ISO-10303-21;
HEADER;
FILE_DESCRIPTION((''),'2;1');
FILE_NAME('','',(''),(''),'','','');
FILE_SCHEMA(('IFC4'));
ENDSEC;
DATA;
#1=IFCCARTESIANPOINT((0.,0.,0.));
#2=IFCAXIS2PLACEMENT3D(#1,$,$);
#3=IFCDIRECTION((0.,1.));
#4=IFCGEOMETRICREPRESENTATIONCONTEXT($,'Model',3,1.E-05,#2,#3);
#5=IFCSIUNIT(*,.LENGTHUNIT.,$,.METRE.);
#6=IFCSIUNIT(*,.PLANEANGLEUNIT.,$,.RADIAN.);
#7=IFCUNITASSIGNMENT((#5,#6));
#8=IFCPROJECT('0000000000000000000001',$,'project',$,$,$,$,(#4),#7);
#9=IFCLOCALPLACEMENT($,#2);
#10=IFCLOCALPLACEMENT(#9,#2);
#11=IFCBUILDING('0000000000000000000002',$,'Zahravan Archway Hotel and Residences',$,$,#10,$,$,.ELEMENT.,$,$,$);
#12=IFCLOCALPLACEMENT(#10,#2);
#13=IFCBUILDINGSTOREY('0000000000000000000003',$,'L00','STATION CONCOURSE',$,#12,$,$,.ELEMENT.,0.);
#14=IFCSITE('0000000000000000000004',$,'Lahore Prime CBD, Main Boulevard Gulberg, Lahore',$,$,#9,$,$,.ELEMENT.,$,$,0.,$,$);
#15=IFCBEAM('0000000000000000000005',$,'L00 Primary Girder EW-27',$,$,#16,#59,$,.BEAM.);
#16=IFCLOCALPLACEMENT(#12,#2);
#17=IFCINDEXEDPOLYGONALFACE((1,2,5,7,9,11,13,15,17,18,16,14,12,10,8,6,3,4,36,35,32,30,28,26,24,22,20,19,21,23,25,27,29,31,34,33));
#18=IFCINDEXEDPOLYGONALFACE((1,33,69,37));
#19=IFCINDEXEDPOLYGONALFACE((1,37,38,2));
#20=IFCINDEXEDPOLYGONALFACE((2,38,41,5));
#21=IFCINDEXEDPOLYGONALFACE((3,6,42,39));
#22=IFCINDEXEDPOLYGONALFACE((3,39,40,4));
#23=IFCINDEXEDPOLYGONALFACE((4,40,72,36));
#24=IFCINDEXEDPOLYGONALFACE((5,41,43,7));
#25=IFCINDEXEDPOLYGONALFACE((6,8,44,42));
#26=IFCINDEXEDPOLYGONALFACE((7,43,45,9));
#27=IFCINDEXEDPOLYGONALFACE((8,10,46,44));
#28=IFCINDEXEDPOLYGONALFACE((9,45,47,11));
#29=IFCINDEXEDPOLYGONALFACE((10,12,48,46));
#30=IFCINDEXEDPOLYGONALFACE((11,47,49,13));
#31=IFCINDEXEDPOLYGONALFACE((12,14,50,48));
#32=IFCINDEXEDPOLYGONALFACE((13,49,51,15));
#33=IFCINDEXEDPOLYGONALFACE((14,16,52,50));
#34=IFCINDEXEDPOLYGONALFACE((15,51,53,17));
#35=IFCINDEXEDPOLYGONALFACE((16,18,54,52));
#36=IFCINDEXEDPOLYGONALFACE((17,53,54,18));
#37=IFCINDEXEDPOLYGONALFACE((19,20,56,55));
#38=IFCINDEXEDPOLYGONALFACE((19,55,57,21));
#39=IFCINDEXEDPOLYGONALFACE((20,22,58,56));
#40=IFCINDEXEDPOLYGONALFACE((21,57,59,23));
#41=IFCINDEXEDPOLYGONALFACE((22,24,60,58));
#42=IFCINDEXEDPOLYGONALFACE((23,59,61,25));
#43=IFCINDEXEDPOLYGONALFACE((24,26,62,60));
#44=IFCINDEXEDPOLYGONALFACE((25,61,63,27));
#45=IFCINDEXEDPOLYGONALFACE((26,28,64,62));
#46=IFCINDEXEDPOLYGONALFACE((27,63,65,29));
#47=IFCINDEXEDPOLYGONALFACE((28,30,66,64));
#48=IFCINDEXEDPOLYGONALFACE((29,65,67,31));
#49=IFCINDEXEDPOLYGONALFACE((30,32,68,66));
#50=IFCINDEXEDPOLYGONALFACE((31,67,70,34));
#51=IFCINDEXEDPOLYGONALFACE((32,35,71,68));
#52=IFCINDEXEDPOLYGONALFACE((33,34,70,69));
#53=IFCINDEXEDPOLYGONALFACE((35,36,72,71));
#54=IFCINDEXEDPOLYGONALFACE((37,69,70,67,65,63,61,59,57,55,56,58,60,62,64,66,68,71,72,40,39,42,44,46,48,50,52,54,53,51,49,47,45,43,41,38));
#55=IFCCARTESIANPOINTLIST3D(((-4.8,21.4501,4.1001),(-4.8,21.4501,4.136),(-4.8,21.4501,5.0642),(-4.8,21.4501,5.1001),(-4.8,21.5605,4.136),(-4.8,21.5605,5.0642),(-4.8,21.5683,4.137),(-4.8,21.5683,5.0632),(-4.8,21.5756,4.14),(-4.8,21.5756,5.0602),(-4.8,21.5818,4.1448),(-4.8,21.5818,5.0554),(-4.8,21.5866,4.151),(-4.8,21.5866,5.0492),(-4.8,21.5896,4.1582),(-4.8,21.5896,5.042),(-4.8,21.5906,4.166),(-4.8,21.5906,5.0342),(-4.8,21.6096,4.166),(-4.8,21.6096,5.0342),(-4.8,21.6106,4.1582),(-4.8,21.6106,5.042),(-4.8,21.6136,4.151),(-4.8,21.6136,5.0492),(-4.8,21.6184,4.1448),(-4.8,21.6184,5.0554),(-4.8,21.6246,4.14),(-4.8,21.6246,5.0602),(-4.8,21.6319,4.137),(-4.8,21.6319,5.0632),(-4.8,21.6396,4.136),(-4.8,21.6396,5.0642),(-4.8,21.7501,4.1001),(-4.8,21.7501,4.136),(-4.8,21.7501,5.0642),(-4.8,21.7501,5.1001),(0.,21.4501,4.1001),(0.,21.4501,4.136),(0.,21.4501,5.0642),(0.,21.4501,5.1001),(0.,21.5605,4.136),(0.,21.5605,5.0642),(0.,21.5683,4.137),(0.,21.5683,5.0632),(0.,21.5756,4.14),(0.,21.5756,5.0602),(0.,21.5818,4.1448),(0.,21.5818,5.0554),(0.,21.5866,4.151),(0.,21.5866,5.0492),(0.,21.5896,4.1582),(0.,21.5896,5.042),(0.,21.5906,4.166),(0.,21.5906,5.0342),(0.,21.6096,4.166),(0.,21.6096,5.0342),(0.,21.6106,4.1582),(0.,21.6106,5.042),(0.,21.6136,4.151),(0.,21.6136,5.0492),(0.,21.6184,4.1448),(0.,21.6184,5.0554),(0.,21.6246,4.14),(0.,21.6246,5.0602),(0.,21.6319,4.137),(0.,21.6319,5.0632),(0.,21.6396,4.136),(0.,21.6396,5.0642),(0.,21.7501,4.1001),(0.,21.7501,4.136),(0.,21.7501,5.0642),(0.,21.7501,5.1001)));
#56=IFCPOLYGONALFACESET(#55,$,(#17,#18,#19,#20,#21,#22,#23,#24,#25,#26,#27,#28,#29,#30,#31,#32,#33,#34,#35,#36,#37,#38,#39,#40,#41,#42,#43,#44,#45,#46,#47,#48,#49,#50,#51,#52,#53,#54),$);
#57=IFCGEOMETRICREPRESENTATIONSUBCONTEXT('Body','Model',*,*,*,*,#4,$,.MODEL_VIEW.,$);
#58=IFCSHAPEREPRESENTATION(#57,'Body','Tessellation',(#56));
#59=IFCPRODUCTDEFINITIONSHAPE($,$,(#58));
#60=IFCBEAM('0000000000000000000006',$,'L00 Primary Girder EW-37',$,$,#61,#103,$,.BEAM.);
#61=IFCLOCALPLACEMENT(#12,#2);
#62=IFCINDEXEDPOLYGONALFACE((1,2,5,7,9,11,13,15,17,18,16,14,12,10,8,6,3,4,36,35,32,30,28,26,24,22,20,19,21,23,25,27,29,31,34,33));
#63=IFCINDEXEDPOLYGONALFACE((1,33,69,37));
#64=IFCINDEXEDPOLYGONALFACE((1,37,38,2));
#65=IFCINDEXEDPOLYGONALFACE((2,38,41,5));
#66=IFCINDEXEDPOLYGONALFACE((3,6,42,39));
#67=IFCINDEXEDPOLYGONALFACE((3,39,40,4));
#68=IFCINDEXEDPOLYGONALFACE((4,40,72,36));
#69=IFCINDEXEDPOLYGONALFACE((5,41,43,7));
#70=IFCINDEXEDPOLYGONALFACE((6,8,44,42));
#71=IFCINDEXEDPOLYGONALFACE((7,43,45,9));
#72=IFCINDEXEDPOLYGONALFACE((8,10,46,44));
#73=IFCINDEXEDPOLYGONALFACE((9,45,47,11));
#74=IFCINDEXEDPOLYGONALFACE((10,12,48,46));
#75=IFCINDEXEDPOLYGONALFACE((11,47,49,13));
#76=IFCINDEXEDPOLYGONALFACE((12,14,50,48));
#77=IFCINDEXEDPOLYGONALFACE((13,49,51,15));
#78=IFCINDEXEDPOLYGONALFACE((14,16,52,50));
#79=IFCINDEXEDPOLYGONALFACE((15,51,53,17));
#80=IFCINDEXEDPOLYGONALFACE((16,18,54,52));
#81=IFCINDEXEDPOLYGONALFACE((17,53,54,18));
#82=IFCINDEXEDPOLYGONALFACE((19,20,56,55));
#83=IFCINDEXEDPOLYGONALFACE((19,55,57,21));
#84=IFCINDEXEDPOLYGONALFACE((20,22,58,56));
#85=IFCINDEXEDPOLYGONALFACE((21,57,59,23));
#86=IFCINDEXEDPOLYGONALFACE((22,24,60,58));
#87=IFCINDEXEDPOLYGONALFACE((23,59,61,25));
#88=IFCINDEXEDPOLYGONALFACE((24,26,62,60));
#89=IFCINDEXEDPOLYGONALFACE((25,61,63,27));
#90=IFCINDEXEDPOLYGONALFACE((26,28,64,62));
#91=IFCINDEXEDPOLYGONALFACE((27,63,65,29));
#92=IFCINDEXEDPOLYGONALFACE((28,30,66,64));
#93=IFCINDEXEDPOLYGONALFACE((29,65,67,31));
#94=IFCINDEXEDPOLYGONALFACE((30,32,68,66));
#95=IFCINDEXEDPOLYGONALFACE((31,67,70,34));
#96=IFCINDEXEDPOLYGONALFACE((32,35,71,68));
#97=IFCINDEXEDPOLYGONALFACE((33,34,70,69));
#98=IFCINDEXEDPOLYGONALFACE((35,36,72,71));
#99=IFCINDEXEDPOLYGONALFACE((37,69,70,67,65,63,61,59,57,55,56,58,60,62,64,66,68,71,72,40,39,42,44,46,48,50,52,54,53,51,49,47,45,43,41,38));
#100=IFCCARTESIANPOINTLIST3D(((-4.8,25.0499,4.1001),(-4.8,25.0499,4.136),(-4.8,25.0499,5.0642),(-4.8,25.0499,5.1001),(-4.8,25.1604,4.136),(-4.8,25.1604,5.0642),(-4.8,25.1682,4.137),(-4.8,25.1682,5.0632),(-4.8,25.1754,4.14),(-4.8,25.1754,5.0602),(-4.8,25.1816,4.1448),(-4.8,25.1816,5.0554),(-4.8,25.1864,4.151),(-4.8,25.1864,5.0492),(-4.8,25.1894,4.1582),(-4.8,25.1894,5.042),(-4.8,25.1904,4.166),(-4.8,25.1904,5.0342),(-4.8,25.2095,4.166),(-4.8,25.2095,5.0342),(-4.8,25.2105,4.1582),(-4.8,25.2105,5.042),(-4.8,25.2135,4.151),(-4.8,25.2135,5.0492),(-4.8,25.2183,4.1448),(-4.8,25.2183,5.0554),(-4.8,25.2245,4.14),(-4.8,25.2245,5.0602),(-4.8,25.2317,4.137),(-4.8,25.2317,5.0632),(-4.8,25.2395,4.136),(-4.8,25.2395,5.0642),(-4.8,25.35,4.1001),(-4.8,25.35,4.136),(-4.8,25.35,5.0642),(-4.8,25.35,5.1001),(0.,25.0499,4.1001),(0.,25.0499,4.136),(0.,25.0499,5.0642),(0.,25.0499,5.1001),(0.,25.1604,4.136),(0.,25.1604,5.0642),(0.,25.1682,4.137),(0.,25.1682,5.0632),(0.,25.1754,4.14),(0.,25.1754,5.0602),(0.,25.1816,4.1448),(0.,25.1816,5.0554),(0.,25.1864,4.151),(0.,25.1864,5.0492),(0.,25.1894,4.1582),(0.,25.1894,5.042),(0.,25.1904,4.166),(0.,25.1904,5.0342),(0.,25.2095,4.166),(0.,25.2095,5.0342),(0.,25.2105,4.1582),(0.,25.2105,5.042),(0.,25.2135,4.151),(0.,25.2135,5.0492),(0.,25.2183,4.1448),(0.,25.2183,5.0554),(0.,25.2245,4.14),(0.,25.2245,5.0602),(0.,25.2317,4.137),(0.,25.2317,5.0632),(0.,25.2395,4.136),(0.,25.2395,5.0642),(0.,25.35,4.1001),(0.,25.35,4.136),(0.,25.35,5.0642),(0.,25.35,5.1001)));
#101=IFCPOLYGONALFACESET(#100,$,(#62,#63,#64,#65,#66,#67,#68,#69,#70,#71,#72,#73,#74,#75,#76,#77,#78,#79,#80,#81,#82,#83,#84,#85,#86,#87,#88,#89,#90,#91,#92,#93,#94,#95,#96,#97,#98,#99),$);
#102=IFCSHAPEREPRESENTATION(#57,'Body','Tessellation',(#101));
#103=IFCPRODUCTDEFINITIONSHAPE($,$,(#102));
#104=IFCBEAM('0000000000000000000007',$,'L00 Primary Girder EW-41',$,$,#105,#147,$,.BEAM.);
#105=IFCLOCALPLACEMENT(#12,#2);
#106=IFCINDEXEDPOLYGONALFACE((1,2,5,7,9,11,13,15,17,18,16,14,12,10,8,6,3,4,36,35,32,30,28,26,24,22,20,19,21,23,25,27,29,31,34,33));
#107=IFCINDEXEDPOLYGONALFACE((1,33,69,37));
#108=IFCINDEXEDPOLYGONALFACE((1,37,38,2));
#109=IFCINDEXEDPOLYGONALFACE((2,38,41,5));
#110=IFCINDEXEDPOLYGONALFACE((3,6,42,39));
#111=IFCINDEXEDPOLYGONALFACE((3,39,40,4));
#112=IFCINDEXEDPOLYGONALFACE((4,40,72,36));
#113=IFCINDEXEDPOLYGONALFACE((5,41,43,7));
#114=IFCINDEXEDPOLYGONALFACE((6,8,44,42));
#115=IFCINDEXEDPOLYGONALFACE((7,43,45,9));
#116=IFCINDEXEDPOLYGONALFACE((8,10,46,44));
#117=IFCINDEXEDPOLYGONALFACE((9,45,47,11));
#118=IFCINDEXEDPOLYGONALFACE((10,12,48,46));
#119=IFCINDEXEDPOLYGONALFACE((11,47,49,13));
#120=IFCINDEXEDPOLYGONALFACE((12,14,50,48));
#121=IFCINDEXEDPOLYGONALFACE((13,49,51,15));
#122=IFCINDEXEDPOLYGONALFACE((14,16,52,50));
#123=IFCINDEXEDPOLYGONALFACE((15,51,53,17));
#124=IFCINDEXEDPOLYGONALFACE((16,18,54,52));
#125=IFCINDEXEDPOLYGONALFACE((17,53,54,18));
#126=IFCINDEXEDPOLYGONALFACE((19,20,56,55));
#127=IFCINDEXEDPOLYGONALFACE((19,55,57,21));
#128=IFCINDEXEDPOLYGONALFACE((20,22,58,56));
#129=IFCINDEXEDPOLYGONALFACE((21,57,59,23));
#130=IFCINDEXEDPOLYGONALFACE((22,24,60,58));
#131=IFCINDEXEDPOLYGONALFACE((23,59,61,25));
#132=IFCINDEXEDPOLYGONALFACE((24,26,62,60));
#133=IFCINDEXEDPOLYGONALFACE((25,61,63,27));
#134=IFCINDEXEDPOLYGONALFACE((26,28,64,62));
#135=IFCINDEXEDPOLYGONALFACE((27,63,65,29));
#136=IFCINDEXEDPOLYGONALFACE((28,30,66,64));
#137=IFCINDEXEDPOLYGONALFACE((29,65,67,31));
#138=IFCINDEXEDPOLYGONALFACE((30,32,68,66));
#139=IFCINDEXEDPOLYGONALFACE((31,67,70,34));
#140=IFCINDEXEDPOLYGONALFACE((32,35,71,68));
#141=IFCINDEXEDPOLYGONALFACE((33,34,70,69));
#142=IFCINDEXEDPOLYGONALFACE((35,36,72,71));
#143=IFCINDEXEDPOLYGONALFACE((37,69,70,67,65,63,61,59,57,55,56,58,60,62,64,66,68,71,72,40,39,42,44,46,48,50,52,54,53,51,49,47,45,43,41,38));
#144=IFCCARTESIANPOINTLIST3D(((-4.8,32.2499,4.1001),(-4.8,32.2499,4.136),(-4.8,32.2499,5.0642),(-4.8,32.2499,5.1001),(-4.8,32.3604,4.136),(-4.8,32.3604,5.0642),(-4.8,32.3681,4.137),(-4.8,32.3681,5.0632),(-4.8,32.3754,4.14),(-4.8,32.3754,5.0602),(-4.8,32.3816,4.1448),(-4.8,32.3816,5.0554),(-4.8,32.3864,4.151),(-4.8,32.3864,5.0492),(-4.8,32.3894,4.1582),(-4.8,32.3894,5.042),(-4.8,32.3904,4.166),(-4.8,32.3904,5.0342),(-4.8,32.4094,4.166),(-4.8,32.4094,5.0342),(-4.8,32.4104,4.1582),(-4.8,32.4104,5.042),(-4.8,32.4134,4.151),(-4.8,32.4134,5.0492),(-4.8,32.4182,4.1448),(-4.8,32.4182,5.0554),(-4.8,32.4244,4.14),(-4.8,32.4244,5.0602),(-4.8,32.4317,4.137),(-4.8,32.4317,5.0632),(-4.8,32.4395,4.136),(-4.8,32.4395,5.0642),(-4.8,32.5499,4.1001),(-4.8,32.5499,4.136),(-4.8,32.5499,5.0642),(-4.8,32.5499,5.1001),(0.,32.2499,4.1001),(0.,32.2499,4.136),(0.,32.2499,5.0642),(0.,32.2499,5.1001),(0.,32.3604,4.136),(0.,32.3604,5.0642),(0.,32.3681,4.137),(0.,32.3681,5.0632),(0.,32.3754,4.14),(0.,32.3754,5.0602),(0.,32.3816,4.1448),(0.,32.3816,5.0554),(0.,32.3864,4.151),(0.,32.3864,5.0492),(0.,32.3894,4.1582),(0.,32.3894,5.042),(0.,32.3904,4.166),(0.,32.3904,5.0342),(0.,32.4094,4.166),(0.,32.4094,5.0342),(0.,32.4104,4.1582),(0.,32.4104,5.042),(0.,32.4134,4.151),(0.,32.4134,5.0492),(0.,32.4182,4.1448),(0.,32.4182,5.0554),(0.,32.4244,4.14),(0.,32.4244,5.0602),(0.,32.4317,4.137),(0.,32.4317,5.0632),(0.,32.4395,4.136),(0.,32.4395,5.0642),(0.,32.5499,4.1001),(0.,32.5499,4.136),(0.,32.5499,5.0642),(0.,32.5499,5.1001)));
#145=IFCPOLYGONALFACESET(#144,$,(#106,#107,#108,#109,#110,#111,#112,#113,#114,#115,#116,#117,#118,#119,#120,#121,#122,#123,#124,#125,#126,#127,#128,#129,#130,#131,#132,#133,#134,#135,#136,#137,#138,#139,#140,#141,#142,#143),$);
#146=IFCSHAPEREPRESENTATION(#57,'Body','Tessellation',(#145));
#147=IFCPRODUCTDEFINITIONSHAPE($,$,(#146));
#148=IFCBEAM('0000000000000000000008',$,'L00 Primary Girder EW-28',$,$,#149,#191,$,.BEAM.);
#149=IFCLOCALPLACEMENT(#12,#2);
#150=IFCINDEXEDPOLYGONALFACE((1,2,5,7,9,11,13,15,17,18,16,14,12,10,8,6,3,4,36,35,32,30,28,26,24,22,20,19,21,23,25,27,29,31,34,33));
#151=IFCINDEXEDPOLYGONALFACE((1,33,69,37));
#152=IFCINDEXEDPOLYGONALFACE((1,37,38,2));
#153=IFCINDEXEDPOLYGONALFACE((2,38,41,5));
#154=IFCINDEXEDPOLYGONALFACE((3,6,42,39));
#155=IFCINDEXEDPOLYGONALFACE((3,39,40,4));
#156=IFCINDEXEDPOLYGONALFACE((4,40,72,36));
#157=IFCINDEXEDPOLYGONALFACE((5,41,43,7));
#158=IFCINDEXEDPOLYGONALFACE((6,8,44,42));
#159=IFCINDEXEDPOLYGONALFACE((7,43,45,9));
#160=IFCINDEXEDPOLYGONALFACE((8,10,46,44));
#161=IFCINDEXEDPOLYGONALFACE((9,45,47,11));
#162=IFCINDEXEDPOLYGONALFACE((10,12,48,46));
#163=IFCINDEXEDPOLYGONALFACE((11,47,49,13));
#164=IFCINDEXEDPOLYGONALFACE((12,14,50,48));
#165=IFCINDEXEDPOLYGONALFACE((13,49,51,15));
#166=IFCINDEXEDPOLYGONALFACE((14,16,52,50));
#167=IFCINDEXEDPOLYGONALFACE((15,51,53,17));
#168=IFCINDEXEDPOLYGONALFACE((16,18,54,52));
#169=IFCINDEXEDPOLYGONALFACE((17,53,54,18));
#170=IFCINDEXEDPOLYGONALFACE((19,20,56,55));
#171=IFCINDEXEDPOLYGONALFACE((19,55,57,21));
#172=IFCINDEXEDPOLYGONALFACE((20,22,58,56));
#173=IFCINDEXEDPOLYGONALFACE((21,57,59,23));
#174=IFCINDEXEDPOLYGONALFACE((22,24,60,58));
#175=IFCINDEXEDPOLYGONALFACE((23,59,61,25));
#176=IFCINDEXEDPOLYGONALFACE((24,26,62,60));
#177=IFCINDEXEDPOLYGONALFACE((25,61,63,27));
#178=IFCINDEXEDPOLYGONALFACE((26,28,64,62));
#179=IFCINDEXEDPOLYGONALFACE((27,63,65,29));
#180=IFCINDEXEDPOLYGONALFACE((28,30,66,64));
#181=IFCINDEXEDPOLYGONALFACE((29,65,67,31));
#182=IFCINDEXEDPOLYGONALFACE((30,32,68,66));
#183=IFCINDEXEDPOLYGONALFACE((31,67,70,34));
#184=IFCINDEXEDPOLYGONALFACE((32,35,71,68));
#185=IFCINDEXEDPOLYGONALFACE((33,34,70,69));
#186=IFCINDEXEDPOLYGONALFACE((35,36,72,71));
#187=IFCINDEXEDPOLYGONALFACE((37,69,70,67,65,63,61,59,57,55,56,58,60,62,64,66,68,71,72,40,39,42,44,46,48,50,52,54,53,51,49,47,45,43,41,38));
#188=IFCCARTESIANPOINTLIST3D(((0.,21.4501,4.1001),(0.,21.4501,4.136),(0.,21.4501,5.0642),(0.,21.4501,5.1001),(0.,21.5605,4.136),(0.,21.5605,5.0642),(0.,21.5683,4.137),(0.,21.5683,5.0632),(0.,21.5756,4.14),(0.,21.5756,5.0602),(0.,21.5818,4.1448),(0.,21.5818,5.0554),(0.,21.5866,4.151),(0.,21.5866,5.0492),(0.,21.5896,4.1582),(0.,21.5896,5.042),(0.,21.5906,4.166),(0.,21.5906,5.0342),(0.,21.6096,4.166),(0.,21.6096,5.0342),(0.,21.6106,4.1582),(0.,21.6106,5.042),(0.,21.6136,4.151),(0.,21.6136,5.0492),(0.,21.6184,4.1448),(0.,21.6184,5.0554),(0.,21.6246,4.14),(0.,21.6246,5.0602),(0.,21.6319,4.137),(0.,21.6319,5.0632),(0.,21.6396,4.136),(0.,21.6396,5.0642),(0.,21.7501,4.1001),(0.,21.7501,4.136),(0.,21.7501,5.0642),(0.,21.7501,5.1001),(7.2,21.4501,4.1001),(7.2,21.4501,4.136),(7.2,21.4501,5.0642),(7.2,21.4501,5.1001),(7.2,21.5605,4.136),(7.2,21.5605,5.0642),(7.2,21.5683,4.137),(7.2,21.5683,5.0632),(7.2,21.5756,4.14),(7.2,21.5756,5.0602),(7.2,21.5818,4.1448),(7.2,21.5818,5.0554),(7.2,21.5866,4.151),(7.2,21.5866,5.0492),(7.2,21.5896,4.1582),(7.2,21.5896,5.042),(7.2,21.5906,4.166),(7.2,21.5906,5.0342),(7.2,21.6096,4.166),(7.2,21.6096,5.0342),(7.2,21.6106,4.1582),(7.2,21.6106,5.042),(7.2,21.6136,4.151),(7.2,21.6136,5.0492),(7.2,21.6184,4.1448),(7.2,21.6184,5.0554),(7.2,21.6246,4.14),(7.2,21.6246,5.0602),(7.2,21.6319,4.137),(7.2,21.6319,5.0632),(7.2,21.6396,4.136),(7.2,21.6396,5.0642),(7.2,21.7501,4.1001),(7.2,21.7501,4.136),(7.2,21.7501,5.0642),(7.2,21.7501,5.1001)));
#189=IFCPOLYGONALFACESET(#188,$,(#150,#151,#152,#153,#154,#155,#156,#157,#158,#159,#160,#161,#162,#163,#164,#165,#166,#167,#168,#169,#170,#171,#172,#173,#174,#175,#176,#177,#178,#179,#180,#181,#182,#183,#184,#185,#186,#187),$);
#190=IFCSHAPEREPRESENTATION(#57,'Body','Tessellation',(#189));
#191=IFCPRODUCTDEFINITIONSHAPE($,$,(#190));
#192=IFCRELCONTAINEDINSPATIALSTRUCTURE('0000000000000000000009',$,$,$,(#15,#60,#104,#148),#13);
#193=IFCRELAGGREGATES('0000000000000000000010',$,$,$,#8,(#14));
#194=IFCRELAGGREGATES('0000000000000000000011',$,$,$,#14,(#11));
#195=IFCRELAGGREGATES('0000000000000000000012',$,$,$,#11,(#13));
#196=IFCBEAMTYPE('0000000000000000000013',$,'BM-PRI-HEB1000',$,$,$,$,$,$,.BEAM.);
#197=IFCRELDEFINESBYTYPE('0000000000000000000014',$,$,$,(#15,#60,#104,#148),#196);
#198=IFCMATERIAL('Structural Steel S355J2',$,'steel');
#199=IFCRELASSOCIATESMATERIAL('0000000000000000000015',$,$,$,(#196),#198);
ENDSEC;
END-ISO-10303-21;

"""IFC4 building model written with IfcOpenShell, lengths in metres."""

from ifc_helpers import new_model, si_unit, direction, frame, origin, origin_2d, place, context, subcontext, project, spatial, i_section, extrude, source, transform, mapped, material, material_profile, profile_set, type_object, type_shapes, element, save


model = new_model("IFC4")

# Units and contexts
model_context = context("Model", 3, precision=1e-05, world=origin(), true_north=direction((0.0, 1.0)))
body_context = subcontext(model_context, "Body", "Model", "MODEL_VIEW")
ifc_project = project(units=[si_unit("LENGTHUNIT", "METRE"), si_unit("PLANEANGLEUNIT", "RADIAN")], contexts=[model_context])

# Site, building, storey
site_placement = place(None, origin())
site = spatial("IfcSite", under=ifc_project, at=site_placement, Name="Lahore Prime CBD, Main Boulevard Gulberg, Lahore", CompositionType="ELEMENT", RefElevation=0.0)
building_placement = place(site_placement, origin())
building = spatial("IfcBuilding", under=site, at=building_placement, Name="Zahravan Archway Hotel and Residences", CompositionType="ELEMENT")
storey_placement = place(building_placement, origin())
storey = spatial("IfcBuildingStorey", under=building, at=storey_placement, Name="L00", Description="STATION CONCOURSE", CompositionType="ELEMENT", Elevation=0.0)

# Beams
ifc_material_1 = material(Name="Structural Steel S355J2", Category="steel")
ifc_material_profile_1 = material_profile(ifc_material_1, i_section(OverallWidth=0.3, OverallDepth=1.0, WebThickness=0.019, FlangeThickness=0.0359, FilletRadius=0.03, at=origin_2d()), Name="HEB 1000", Category="steel")
ifc_profile_set_1 = profile_set([ifc_material_profile_1], Name="Structural Steel S355J2")
beam_type_1 = type_object("IfcBeamType", Name="BM-PRI-HEB1000", PredefinedType="BEAM", material=ifc_profile_set_1)
shared_shape_1 = source(origin(), body_context, "Body", "SweptSolid", [
    extrude(i_section(OverallWidth=0.3, OverallDepth=1.0, WebThickness=0.019, FlangeThickness=0.0359, FilletRadius=0.03, at=origin_2d()), origin(), (0.0, 0.0, 1.0), 4.8),
])
type_shapes(beam_type_1, [shared_shape_1])
for number, where, z_axis, x_axis, name in (
    (1, (-4.8, 21.6001, 4.6001), (1.0, 0.0, 0.0), (0.0, 1.0, 0.0), "L00 Primary Girder EW-27"),
    (2, (-4.8, 25.2, 4.6001), (1.0, 0.0, 0.0), (0.0, 1.0, 0.0), "L00 Primary Girder EW-37"),
    (3, (-4.8, 32.3999, 4.6001), (1.0, 0.0, 0.0), (0.0, 1.0, 0.0), "L00 Primary Girder EW-41"),
):
    element("IfcBeam", number, at=place(storey_placement, frame(where, z_axis=z_axis, x_axis=x_axis)), inside=storey, type_object=beam_type_1, Name=name, PredefinedType="BEAM", context=body_context, shape_type="MappedRepresentation", body=[
        mapped(shared_shape_1, transform((0.0, 0.0, 0.0), scale=1.0)),
    ])
shared_shape_2 = source(origin(), body_context, "Body", "SweptSolid", [
    extrude(i_section(OverallWidth=0.3, OverallDepth=1.0, WebThickness=0.019, FlangeThickness=0.0359, FilletRadius=0.03, at=origin_2d()), origin(), (0.0, 0.0, 1.0), 7.2),
])
for number, where, z_axis, x_axis, name in (
    (4, (0.0, 21.6001, 4.6001), (1.0, 0.0, 0.0), (0.0, 1.0, 0.0), "L00 Primary Girder EW-28"),
):
    element("IfcBeam", number, at=place(storey_placement, frame(where, z_axis=z_axis, x_axis=x_axis)), inside=storey, type_object=beam_type_1, Name=name, PredefinedType="BEAM", context=body_context, shape_type="MappedRepresentation", body=[
        mapped(shared_shape_2, transform((0.0, 0.0, 0.0), scale=1.0)),
    ])

save(model, "model.ifc")
